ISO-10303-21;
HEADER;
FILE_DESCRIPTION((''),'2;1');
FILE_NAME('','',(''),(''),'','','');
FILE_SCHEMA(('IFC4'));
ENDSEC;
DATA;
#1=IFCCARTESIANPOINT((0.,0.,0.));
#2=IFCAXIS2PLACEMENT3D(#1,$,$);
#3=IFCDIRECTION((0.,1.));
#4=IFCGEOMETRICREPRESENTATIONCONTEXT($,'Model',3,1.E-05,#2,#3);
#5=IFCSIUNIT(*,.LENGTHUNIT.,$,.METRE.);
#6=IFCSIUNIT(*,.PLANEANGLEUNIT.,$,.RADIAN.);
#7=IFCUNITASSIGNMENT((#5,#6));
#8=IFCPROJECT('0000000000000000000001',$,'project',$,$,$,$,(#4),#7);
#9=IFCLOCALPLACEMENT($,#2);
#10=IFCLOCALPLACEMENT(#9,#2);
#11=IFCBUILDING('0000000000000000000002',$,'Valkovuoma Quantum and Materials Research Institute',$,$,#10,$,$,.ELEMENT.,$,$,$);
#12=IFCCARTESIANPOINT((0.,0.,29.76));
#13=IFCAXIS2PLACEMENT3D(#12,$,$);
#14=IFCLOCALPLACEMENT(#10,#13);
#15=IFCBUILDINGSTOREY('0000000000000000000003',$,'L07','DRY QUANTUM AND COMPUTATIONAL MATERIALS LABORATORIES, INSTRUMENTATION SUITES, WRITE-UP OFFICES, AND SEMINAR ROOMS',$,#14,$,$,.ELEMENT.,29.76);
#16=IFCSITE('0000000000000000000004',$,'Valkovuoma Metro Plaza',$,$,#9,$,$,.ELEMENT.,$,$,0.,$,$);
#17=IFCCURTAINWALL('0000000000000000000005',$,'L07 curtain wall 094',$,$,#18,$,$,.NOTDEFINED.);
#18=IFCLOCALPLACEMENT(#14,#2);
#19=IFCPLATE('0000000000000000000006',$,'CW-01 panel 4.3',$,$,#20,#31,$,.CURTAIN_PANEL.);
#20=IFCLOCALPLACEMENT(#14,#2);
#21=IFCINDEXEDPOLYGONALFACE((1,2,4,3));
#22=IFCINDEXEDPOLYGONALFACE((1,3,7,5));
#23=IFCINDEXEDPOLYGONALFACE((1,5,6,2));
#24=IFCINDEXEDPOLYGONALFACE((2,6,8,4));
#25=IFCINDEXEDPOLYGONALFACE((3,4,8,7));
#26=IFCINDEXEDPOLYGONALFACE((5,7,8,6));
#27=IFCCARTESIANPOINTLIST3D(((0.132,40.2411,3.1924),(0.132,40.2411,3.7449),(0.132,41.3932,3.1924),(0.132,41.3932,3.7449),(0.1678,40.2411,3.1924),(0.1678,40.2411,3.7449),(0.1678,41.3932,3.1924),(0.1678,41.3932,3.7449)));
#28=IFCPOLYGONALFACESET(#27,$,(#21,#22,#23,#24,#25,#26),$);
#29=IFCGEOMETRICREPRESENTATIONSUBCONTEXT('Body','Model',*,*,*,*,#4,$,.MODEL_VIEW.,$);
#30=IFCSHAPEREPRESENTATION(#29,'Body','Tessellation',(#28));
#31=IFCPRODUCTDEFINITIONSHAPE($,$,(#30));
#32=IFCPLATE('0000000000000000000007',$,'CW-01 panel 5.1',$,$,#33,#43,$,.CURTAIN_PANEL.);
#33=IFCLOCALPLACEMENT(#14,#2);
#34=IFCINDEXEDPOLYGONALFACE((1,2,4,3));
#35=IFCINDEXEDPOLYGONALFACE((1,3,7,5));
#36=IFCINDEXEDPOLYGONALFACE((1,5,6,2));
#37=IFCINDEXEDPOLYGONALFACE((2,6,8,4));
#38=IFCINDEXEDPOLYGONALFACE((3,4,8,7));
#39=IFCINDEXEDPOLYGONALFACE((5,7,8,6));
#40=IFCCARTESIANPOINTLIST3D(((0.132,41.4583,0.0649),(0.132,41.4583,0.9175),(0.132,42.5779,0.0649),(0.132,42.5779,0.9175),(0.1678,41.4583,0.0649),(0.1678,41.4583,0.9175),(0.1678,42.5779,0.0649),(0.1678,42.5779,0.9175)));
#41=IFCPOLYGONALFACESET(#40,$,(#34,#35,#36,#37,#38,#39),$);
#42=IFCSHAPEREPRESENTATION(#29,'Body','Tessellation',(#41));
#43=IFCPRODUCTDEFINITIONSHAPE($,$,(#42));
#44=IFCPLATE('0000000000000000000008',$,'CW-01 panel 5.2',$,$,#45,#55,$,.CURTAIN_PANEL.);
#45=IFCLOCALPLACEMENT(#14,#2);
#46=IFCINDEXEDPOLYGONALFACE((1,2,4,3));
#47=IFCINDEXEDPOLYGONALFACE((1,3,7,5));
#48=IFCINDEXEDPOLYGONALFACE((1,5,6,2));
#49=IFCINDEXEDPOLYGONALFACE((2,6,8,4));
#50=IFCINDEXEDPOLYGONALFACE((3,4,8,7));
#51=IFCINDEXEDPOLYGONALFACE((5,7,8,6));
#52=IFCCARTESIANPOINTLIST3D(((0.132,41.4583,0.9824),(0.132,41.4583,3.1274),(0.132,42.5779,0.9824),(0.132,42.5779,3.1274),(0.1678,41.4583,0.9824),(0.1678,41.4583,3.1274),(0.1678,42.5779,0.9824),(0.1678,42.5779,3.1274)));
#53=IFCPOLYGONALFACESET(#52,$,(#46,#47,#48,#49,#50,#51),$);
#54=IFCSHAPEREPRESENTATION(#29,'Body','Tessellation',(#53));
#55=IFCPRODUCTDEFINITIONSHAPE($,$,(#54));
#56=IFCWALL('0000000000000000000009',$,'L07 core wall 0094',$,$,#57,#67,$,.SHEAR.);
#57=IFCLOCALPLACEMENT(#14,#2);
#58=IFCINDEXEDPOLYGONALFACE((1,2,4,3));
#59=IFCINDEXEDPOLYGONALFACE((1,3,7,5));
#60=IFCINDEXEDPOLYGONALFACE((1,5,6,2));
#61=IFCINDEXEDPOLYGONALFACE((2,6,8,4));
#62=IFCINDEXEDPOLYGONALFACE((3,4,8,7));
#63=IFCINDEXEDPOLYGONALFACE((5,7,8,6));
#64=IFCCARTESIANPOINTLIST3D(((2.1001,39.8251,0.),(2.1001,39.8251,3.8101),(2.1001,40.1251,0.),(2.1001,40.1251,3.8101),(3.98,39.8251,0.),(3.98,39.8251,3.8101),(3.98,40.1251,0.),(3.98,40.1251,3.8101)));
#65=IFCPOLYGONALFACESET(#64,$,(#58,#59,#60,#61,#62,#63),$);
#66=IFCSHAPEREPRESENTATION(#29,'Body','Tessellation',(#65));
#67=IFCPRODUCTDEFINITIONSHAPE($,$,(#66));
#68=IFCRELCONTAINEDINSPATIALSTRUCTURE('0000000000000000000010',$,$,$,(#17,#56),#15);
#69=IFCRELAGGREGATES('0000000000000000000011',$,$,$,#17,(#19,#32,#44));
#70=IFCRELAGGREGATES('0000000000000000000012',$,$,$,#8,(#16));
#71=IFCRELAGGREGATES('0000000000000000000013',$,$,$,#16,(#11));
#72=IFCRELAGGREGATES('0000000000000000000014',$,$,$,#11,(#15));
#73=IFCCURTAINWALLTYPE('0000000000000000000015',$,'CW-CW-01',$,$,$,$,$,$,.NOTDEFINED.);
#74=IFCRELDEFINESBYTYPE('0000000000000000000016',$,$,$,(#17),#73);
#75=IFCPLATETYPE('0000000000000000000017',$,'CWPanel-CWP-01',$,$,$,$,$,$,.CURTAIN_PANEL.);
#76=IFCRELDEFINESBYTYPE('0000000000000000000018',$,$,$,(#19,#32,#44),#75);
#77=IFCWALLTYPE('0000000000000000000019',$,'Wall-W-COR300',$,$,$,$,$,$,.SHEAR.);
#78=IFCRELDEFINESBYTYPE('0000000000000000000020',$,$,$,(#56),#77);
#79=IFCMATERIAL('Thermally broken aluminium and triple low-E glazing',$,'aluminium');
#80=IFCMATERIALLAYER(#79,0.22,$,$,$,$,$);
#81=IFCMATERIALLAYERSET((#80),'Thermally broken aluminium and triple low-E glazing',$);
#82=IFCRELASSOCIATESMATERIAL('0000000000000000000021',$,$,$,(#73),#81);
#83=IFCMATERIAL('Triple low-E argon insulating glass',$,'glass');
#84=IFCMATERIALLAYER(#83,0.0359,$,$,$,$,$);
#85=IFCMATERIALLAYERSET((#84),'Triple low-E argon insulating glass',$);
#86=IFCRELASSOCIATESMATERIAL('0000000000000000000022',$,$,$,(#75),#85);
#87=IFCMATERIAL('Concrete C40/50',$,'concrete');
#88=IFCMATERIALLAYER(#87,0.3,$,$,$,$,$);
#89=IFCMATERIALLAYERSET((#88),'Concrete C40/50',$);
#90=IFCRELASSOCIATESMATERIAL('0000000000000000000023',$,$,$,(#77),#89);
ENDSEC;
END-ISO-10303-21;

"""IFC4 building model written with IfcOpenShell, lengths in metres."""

from ifc_helpers import new_model, si_unit, direction, frame, frame_2d, origin, origin_2d, place, context, subcontext, project, spatial, rectangle, extrude, material, layer, layer_set, type_object, element, aggregate, save


model = new_model("IFC4")

# Units and contexts
model_context = context("Model", 3, precision=1e-05, world=origin(), true_north=direction((0.0, 1.0)))
body_context = subcontext(model_context, "Body", "Model", "MODEL_VIEW")
ifc_project = project(units=[si_unit("LENGTHUNIT", "METRE"), si_unit("PLANEANGLEUNIT", "RADIAN")], contexts=[model_context])

# Site, building, storey
site_placement = place(None, origin())
site = spatial("IfcSite", under=ifc_project, at=site_placement, Name="Valkovuoma Metro Plaza", CompositionType="ELEMENT", RefElevation=0.0)
building_placement = place(site_placement, origin())
building = spatial("IfcBuilding", under=site, at=building_placement, Name="Valkovuoma Quantum and Materials Research Institute", CompositionType="ELEMENT")
storey_placement = place(building_placement, frame((0.0, 0.0, 29.76)))
storey = spatial("IfcBuildingStorey", under=building, at=storey_placement, Name="L07", Description="DRY QUANTUM AND COMPUTATIONAL MATERIALS LABORATORIES, INSTRUMENTATION SUITES, WRITE-UP OFFICES, AND SEMINAR ROOMS", CompositionType="ELEMENT", Elevation=29.76)

# Curtain wall, plates
ifc_material_1 = material(Name="Thermally broken aluminium and triple low-E glazing", Category="aluminium")
ifc_layer_1 = layer(ifc_material_1, 0.22)
ifc_layer_set_1 = layer_set([ifc_layer_1], Name="Thermally broken aluminium and triple low-E glazing")
curtain_wall_type = type_object("IfcCurtainWallType", Name="CW-CW-01", PredefinedType="NOTDEFINED", material=ifc_layer_set_1)
curtain_wall_placement = place(storey_placement, origin())
curtain_wall = element("IfcCurtainWall", 1, at=curtain_wall_placement, inside=storey, type_object=curtain_wall_type, Name="L07 curtain wall 094", PredefinedType="NOTDEFINED")
ifc_material_2 = material(Name="Triple low-E argon insulating glass", Category="glass")
ifc_layer_2 = layer(ifc_material_2, 0.0359)
ifc_layer_set_2 = layer_set([ifc_layer_2], Name="Triple low-E argon insulating glass")
plate_type = type_object("IfcPlateType", Name="CWPanel-CWP-01", PredefinedType="CURTAIN_PANEL", material=ifc_layer_set_2)
plate_1_placement = place(storey_placement, frame((0.1499, 40.8171, 3.1924), z_axis=(0.0, 0.0, 1.0), x_axis=(0.0, 1.0, 0.0)))
plate_1 = element("IfcPlate", 2, at=plate_1_placement, type_object=plate_type, Name="CW-01 panel 4.3", PredefinedType="CURTAIN_PANEL", context=body_context, shape_type="SweptSolid", body=[
    extrude(rectangle(XDim=1.1521, YDim=0.0359, at=origin_2d()), origin(), (0.0, 0.0, 1.0), 0.5525),
])
plate_2_placement = place(storey_placement, frame((0.1499, 42.0181, 0.0649), z_axis=(0.0, 0.0, 1.0), x_axis=(0.0, 1.0, 0.0)))
plate_2 = element("IfcPlate", 3, at=plate_2_placement, type_object=plate_type, Name="CW-01 panel 5.1", PredefinedType="CURTAIN_PANEL", context=body_context, shape_type="SweptSolid", body=[
    extrude(rectangle(XDim=1.1196, YDim=0.0359, at=origin_2d()), origin(), (0.0, 0.0, 1.0), 0.8525),
])
plate_3_placement = place(storey_placement, frame((0.1499, 42.0181, 0.9824), z_axis=(0.0, 0.0, 1.0), x_axis=(0.0, 1.0, 0.0)))
plate_3 = element("IfcPlate", 4, at=plate_3_placement, type_object=plate_type, Name="CW-01 panel 5.2", PredefinedType="CURTAIN_PANEL", context=body_context, shape_type="SweptSolid", body=[
    extrude(rectangle(XDim=1.1196, YDim=0.0359, at=origin_2d()), origin(), (0.0, 0.0, 1.0), 2.145),
])
aggregate(curtain_wall, [plate_1, plate_2, plate_3])

# Wall
ifc_material_3 = material(Name="Concrete C40/50", Category="concrete")
ifc_layer_3 = layer(ifc_material_3, 0.3)
ifc_layer_set_3 = layer_set([ifc_layer_3], Name="Concrete C40/50")
wall_type = type_object("IfcWallType", Name="Wall-W-COR300", PredefinedType="SHEAR", material=ifc_layer_set_3)
wall_placement = place(storey_placement, frame((2.1001, 39.9751, 0.0), z_axis=(0.0, 0.0, 1.0), x_axis=(1.0, 0.0, 0.0)))
element("IfcWall", 5, at=wall_placement, inside=storey, type_object=wall_type, Name="L07 core wall 0094", PredefinedType="SHEAR", context=body_context, shape_type="SweptSolid", body=[
    extrude(rectangle(XDim=1.8799, YDim=0.3, at=frame_2d((0.9399, 0.0))), origin(), (0.0, 0.0, 1.0), 3.8101),
])

save(model, "model.ifc")
